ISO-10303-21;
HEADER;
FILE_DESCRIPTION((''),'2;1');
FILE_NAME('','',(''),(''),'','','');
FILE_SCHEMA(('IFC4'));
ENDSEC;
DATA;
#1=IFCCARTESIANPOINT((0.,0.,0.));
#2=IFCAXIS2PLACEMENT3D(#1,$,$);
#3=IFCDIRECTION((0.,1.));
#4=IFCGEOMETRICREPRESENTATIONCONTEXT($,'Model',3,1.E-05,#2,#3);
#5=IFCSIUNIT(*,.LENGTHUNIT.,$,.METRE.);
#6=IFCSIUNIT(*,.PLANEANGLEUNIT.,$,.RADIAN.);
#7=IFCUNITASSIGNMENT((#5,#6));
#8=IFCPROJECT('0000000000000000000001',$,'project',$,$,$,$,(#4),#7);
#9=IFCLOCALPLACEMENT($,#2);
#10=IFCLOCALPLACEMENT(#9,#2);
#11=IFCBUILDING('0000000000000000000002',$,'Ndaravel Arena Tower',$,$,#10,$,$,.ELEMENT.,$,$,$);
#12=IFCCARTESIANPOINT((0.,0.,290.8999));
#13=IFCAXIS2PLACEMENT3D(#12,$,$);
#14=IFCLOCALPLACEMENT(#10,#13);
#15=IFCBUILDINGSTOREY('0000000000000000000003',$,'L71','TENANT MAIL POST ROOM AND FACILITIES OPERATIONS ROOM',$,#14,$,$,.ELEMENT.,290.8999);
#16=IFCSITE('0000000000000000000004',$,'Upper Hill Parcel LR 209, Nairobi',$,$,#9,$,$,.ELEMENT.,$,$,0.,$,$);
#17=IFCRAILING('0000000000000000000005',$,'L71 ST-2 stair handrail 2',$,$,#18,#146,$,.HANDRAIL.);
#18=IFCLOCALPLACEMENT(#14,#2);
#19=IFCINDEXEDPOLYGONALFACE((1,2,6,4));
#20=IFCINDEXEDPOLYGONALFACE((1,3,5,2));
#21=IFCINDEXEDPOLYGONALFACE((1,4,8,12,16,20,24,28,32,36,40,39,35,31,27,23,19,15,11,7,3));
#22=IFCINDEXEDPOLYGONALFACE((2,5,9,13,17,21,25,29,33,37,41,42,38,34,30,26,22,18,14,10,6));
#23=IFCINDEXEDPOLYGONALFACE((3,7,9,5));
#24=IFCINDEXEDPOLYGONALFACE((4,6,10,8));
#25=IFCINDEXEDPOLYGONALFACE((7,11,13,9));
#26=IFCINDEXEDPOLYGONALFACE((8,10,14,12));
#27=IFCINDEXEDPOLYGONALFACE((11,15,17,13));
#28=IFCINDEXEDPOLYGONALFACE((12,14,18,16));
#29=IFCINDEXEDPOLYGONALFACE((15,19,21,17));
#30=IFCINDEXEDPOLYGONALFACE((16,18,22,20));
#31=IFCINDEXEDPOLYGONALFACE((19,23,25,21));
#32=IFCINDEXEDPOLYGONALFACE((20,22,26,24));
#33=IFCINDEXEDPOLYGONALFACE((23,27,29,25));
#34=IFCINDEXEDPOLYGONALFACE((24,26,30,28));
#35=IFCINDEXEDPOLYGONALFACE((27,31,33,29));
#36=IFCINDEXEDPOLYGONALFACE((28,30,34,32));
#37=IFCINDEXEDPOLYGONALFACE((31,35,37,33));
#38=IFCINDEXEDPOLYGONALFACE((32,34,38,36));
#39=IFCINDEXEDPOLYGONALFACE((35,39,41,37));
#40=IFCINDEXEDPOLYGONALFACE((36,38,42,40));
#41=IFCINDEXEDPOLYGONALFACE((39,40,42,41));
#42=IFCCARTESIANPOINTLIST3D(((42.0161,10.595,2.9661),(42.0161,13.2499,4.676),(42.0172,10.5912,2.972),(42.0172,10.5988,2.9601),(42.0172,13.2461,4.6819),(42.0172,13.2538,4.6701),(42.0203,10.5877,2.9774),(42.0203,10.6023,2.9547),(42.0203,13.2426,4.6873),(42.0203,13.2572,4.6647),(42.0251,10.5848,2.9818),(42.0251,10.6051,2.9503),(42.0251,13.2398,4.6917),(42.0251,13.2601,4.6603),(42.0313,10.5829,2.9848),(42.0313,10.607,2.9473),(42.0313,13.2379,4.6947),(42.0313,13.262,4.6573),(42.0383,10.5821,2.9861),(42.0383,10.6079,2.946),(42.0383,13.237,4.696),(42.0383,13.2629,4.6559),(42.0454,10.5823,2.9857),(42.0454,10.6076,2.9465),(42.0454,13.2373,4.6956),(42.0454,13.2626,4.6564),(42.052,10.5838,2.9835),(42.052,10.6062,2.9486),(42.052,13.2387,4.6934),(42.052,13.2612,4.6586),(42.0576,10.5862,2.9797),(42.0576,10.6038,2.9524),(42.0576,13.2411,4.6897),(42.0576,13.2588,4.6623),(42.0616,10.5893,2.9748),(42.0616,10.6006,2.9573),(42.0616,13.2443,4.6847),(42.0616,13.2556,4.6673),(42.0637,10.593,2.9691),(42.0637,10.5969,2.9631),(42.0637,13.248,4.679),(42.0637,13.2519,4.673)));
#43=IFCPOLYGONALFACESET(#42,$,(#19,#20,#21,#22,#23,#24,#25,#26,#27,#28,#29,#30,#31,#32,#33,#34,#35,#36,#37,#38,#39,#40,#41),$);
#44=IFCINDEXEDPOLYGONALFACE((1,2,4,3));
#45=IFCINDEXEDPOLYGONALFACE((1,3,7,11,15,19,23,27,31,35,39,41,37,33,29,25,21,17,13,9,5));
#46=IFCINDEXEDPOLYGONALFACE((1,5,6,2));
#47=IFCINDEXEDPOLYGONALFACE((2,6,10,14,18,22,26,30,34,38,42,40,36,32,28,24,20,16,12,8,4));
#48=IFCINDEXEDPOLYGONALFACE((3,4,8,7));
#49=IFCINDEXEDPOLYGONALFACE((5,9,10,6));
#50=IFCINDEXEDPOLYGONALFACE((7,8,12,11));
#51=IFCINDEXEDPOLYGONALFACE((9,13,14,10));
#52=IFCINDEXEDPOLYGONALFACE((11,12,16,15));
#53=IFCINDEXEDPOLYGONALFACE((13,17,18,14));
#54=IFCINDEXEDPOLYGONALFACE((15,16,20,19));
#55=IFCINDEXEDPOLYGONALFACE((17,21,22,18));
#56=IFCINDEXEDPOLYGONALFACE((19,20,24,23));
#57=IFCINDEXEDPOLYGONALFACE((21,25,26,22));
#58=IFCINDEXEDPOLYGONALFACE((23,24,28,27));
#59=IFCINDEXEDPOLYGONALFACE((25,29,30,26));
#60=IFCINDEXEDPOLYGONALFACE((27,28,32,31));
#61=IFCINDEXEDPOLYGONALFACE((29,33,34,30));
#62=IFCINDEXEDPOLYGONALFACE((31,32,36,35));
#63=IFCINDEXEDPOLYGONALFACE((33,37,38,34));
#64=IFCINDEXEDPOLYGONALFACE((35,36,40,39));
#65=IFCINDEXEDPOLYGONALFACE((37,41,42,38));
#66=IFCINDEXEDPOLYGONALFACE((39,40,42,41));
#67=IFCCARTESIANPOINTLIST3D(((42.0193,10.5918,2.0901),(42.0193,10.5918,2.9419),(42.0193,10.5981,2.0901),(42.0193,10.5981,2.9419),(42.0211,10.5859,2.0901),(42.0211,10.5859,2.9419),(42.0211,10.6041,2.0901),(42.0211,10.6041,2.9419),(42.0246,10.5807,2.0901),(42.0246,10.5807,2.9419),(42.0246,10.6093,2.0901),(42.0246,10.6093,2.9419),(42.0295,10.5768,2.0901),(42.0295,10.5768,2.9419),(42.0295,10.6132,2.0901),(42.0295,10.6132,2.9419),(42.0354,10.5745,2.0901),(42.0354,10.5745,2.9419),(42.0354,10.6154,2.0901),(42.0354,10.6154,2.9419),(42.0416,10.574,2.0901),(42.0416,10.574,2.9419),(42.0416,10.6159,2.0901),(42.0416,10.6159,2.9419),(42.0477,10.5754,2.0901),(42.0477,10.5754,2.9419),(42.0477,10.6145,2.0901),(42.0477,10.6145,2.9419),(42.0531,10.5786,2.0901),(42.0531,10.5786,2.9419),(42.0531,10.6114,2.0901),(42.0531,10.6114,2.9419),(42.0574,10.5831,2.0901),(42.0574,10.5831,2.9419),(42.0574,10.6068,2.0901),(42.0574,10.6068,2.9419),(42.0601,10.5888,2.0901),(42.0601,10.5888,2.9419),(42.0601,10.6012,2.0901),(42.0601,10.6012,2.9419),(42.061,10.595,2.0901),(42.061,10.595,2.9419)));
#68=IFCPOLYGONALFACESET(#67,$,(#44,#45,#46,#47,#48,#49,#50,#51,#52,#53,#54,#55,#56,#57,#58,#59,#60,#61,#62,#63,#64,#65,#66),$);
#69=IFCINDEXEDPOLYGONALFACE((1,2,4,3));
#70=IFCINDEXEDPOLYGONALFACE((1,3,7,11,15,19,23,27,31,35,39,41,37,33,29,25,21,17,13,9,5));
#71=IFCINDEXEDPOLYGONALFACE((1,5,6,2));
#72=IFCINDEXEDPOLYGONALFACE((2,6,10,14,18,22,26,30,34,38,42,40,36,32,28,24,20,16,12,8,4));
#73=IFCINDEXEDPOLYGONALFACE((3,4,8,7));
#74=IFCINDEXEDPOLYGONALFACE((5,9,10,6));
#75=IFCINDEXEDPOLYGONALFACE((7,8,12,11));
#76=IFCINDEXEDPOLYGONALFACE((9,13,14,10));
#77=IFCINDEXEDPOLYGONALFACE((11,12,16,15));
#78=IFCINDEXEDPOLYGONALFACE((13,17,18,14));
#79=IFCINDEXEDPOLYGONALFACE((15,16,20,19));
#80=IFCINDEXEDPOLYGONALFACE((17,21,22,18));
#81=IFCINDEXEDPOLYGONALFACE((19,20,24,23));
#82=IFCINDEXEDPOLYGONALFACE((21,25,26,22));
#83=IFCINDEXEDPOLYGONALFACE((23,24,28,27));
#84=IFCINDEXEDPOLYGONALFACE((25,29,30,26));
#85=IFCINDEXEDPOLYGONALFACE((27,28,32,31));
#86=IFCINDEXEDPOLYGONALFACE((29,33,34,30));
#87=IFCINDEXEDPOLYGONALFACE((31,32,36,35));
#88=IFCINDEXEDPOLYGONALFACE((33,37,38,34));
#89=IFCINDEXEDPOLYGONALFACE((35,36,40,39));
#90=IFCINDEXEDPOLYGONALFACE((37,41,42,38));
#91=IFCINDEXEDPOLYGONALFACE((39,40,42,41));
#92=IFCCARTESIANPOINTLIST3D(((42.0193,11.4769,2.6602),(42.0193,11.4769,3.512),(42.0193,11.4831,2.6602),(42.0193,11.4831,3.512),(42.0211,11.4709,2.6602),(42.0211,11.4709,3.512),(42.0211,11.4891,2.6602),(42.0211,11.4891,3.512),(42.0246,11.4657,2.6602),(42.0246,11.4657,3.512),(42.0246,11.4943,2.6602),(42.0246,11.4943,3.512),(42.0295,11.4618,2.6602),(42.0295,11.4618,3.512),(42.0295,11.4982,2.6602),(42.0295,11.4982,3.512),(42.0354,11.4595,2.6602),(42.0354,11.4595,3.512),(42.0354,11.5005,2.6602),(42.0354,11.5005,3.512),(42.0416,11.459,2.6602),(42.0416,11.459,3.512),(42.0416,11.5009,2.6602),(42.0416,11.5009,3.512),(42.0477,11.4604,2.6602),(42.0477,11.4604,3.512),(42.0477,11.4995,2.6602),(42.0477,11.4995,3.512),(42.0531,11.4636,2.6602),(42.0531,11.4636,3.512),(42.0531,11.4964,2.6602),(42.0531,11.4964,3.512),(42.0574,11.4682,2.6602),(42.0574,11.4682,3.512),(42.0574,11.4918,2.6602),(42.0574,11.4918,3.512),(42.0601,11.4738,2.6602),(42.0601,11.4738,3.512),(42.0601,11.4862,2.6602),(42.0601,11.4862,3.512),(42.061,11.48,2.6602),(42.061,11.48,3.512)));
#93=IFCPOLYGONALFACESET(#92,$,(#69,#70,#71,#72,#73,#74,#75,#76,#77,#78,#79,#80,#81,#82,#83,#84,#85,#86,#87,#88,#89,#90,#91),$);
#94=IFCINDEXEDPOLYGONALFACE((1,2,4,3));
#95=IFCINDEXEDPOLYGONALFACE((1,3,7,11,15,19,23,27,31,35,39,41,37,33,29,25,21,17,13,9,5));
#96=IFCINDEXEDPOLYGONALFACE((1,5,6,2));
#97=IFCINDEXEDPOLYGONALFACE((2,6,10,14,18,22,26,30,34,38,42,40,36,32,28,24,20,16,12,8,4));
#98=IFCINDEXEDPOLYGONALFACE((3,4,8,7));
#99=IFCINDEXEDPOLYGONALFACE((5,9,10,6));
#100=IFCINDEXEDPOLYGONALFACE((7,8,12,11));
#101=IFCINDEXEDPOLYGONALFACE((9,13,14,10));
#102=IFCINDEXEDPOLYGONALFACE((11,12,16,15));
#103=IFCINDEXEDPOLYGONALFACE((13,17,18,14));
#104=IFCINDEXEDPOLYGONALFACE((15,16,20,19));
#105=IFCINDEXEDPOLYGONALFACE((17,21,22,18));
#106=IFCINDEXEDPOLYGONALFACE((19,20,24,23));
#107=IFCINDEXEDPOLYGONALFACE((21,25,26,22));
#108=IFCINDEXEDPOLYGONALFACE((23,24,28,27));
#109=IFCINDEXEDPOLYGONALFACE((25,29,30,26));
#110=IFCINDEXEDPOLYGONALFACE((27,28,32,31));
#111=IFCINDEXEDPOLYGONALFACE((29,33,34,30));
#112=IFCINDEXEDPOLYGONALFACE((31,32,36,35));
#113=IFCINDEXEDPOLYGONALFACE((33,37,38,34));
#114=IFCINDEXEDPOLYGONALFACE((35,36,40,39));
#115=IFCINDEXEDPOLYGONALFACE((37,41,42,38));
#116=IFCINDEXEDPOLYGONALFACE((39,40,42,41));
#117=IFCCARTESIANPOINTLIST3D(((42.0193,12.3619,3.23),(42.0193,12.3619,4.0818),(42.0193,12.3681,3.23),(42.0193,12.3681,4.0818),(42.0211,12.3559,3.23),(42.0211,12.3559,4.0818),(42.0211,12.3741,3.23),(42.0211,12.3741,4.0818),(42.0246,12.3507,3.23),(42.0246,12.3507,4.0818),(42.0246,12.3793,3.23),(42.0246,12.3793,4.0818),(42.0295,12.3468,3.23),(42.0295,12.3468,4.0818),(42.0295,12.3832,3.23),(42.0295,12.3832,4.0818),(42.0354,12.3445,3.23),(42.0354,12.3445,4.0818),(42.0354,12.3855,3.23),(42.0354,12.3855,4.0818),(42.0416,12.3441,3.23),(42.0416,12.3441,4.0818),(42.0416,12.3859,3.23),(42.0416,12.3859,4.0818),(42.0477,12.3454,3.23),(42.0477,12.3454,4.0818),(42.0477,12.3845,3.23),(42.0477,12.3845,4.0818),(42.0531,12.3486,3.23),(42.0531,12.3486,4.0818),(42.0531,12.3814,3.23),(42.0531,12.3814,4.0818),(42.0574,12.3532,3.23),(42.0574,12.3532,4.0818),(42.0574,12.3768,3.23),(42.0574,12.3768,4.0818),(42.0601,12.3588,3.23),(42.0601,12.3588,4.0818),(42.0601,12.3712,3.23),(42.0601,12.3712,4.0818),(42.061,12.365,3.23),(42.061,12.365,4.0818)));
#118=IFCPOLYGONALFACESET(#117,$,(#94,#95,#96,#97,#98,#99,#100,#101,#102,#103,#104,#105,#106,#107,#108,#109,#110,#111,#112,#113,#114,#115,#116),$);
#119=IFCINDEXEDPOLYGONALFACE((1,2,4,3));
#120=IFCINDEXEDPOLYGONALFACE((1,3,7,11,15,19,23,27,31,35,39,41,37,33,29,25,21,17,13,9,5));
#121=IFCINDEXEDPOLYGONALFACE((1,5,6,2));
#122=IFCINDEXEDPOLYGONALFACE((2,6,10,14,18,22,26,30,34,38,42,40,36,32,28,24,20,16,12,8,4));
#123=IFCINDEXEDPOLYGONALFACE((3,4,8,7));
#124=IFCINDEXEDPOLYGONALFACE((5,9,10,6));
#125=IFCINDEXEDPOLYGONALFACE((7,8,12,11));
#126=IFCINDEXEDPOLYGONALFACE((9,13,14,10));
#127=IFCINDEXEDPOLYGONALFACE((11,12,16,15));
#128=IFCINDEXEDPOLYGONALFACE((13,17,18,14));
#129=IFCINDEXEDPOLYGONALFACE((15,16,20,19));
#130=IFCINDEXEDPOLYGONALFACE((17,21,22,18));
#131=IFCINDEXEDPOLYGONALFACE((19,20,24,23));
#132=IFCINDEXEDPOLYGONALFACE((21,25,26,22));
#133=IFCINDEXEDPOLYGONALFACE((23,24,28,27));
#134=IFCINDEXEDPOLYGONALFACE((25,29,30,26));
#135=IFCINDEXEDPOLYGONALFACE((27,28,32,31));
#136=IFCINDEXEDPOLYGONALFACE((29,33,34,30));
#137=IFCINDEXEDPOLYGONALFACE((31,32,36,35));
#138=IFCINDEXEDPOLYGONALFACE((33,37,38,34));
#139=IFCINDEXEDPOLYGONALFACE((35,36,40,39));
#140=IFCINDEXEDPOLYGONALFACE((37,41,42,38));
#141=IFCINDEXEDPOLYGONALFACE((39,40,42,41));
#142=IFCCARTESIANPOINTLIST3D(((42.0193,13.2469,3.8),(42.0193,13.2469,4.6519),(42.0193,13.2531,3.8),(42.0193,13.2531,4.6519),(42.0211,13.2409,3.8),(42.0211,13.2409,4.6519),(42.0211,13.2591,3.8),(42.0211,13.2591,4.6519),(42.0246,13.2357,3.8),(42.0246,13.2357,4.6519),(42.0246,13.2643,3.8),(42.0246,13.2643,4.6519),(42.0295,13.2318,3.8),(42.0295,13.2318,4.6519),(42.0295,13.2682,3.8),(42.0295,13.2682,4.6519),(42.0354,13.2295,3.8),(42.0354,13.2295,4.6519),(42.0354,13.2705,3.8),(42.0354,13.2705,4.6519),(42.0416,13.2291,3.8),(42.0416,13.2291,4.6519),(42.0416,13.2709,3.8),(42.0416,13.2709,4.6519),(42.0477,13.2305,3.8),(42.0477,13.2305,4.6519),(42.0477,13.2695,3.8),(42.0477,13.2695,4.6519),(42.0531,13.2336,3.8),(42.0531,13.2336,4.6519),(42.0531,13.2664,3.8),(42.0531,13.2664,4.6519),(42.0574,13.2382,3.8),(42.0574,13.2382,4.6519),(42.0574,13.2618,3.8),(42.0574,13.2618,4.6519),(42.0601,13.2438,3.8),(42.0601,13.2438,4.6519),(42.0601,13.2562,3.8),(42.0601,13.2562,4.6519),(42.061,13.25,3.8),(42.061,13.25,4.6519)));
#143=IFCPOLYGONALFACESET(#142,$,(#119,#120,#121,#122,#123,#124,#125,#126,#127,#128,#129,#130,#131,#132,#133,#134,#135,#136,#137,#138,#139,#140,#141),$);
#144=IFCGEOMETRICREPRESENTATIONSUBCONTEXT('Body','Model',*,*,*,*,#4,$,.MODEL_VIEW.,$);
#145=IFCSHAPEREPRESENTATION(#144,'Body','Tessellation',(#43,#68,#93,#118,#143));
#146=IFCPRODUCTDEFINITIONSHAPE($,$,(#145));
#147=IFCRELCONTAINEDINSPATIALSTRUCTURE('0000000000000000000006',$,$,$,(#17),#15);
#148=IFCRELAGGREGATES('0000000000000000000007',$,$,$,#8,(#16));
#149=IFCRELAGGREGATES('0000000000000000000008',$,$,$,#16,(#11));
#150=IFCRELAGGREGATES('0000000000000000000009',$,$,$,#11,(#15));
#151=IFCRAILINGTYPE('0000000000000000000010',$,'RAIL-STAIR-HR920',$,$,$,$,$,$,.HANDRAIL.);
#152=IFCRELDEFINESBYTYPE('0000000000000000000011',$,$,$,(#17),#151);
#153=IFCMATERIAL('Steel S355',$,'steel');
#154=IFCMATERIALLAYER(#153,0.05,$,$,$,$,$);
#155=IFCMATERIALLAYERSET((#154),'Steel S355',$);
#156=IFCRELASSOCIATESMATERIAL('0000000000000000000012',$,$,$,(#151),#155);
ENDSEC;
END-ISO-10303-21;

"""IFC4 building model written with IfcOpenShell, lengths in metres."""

from ifc_helpers import new_model, si_unit, direction, frame, origin, origin_2d, place, context, subcontext, project, spatial, circle, extrude, material, layer, layer_set, type_object, element, save


model = new_model("IFC4")

# Units and contexts
model_context = context("Model", 3, precision=1e-05, world=origin(), true_north=direction((0.0, 1.0)))
body_context = subcontext(model_context, "Body", "Model", "MODEL_VIEW")
ifc_project = project(units=[si_unit("LENGTHUNIT", "METRE"), si_unit("PLANEANGLEUNIT", "RADIAN")], contexts=[model_context])

# Site, building, storey
site_placement = place(None, origin())
site = spatial("IfcSite", under=ifc_project, at=site_placement, Name="Upper Hill Parcel LR 209, Nairobi", CompositionType="ELEMENT", RefElevation=0.0)
building_placement = place(site_placement, origin())
building = spatial("IfcBuilding", under=site, at=building_placement, Name="Ndaravel Arena Tower", CompositionType="ELEMENT")
storey_placement = place(building_placement, frame((0.0, 0.0, 290.8999)))
storey = spatial("IfcBuildingStorey", under=building, at=storey_placement, Name="L71", Description="TENANT MAIL POST ROOM AND FACILITIES OPERATIONS ROOM", CompositionType="ELEMENT", Elevation=290.8999)

# Railing
ifc_material_1 = material(Name="Steel S355", Category="steel")
ifc_layer_1 = layer(ifc_material_1, 0.05)
ifc_layer_set_1 = layer_set([ifc_layer_1], Name="Steel S355")
railing_type_1 = type_object("IfcRailingType", Name="RAIL-STAIR-HR920", PredefinedType="HANDRAIL", material=ifc_layer_set_1)
railing_1_placement = place(storey_placement, frame((42.04, 10.595, 2.0901)))
element("IfcRailing", 1, at=railing_1_placement, inside=storey, type_object=railing_type_1, Name="L71 ST-2 stair handrail 2", PredefinedType="HANDRAIL", context=body_context, shape_type="SweptSolid", body=[
    extrude(circle(Radius=0.0239, at=origin_2d()), frame((0.0, 0.0, 0.876), z_axis=(0.0, 0.840724, 0.541465), x_axis=(-1.0, 0.0, 0.0)), (0.0, 0.0, 1.0), 3.158),
    extrude(circle(Radius=0.021, at=origin_2d()), origin(), (0.0, 0.0, 1.0), 0.8518),
    extrude(circle(Radius=0.021, at=origin_2d()), frame((0.0, 0.885, 0.5701)), (0.0, 0.0, 1.0), 0.8518),
    extrude(circle(Radius=0.021, at=origin_2d()), frame((0.0, 1.77, 1.1399)), (0.0, 0.0, 1.0), 0.8518),
    extrude(circle(Radius=0.021, at=origin_2d()), frame((0.0, 2.655, 1.71)), (0.0, 0.0, 1.0), 0.8518),
])

save(model, "model.ifc")
